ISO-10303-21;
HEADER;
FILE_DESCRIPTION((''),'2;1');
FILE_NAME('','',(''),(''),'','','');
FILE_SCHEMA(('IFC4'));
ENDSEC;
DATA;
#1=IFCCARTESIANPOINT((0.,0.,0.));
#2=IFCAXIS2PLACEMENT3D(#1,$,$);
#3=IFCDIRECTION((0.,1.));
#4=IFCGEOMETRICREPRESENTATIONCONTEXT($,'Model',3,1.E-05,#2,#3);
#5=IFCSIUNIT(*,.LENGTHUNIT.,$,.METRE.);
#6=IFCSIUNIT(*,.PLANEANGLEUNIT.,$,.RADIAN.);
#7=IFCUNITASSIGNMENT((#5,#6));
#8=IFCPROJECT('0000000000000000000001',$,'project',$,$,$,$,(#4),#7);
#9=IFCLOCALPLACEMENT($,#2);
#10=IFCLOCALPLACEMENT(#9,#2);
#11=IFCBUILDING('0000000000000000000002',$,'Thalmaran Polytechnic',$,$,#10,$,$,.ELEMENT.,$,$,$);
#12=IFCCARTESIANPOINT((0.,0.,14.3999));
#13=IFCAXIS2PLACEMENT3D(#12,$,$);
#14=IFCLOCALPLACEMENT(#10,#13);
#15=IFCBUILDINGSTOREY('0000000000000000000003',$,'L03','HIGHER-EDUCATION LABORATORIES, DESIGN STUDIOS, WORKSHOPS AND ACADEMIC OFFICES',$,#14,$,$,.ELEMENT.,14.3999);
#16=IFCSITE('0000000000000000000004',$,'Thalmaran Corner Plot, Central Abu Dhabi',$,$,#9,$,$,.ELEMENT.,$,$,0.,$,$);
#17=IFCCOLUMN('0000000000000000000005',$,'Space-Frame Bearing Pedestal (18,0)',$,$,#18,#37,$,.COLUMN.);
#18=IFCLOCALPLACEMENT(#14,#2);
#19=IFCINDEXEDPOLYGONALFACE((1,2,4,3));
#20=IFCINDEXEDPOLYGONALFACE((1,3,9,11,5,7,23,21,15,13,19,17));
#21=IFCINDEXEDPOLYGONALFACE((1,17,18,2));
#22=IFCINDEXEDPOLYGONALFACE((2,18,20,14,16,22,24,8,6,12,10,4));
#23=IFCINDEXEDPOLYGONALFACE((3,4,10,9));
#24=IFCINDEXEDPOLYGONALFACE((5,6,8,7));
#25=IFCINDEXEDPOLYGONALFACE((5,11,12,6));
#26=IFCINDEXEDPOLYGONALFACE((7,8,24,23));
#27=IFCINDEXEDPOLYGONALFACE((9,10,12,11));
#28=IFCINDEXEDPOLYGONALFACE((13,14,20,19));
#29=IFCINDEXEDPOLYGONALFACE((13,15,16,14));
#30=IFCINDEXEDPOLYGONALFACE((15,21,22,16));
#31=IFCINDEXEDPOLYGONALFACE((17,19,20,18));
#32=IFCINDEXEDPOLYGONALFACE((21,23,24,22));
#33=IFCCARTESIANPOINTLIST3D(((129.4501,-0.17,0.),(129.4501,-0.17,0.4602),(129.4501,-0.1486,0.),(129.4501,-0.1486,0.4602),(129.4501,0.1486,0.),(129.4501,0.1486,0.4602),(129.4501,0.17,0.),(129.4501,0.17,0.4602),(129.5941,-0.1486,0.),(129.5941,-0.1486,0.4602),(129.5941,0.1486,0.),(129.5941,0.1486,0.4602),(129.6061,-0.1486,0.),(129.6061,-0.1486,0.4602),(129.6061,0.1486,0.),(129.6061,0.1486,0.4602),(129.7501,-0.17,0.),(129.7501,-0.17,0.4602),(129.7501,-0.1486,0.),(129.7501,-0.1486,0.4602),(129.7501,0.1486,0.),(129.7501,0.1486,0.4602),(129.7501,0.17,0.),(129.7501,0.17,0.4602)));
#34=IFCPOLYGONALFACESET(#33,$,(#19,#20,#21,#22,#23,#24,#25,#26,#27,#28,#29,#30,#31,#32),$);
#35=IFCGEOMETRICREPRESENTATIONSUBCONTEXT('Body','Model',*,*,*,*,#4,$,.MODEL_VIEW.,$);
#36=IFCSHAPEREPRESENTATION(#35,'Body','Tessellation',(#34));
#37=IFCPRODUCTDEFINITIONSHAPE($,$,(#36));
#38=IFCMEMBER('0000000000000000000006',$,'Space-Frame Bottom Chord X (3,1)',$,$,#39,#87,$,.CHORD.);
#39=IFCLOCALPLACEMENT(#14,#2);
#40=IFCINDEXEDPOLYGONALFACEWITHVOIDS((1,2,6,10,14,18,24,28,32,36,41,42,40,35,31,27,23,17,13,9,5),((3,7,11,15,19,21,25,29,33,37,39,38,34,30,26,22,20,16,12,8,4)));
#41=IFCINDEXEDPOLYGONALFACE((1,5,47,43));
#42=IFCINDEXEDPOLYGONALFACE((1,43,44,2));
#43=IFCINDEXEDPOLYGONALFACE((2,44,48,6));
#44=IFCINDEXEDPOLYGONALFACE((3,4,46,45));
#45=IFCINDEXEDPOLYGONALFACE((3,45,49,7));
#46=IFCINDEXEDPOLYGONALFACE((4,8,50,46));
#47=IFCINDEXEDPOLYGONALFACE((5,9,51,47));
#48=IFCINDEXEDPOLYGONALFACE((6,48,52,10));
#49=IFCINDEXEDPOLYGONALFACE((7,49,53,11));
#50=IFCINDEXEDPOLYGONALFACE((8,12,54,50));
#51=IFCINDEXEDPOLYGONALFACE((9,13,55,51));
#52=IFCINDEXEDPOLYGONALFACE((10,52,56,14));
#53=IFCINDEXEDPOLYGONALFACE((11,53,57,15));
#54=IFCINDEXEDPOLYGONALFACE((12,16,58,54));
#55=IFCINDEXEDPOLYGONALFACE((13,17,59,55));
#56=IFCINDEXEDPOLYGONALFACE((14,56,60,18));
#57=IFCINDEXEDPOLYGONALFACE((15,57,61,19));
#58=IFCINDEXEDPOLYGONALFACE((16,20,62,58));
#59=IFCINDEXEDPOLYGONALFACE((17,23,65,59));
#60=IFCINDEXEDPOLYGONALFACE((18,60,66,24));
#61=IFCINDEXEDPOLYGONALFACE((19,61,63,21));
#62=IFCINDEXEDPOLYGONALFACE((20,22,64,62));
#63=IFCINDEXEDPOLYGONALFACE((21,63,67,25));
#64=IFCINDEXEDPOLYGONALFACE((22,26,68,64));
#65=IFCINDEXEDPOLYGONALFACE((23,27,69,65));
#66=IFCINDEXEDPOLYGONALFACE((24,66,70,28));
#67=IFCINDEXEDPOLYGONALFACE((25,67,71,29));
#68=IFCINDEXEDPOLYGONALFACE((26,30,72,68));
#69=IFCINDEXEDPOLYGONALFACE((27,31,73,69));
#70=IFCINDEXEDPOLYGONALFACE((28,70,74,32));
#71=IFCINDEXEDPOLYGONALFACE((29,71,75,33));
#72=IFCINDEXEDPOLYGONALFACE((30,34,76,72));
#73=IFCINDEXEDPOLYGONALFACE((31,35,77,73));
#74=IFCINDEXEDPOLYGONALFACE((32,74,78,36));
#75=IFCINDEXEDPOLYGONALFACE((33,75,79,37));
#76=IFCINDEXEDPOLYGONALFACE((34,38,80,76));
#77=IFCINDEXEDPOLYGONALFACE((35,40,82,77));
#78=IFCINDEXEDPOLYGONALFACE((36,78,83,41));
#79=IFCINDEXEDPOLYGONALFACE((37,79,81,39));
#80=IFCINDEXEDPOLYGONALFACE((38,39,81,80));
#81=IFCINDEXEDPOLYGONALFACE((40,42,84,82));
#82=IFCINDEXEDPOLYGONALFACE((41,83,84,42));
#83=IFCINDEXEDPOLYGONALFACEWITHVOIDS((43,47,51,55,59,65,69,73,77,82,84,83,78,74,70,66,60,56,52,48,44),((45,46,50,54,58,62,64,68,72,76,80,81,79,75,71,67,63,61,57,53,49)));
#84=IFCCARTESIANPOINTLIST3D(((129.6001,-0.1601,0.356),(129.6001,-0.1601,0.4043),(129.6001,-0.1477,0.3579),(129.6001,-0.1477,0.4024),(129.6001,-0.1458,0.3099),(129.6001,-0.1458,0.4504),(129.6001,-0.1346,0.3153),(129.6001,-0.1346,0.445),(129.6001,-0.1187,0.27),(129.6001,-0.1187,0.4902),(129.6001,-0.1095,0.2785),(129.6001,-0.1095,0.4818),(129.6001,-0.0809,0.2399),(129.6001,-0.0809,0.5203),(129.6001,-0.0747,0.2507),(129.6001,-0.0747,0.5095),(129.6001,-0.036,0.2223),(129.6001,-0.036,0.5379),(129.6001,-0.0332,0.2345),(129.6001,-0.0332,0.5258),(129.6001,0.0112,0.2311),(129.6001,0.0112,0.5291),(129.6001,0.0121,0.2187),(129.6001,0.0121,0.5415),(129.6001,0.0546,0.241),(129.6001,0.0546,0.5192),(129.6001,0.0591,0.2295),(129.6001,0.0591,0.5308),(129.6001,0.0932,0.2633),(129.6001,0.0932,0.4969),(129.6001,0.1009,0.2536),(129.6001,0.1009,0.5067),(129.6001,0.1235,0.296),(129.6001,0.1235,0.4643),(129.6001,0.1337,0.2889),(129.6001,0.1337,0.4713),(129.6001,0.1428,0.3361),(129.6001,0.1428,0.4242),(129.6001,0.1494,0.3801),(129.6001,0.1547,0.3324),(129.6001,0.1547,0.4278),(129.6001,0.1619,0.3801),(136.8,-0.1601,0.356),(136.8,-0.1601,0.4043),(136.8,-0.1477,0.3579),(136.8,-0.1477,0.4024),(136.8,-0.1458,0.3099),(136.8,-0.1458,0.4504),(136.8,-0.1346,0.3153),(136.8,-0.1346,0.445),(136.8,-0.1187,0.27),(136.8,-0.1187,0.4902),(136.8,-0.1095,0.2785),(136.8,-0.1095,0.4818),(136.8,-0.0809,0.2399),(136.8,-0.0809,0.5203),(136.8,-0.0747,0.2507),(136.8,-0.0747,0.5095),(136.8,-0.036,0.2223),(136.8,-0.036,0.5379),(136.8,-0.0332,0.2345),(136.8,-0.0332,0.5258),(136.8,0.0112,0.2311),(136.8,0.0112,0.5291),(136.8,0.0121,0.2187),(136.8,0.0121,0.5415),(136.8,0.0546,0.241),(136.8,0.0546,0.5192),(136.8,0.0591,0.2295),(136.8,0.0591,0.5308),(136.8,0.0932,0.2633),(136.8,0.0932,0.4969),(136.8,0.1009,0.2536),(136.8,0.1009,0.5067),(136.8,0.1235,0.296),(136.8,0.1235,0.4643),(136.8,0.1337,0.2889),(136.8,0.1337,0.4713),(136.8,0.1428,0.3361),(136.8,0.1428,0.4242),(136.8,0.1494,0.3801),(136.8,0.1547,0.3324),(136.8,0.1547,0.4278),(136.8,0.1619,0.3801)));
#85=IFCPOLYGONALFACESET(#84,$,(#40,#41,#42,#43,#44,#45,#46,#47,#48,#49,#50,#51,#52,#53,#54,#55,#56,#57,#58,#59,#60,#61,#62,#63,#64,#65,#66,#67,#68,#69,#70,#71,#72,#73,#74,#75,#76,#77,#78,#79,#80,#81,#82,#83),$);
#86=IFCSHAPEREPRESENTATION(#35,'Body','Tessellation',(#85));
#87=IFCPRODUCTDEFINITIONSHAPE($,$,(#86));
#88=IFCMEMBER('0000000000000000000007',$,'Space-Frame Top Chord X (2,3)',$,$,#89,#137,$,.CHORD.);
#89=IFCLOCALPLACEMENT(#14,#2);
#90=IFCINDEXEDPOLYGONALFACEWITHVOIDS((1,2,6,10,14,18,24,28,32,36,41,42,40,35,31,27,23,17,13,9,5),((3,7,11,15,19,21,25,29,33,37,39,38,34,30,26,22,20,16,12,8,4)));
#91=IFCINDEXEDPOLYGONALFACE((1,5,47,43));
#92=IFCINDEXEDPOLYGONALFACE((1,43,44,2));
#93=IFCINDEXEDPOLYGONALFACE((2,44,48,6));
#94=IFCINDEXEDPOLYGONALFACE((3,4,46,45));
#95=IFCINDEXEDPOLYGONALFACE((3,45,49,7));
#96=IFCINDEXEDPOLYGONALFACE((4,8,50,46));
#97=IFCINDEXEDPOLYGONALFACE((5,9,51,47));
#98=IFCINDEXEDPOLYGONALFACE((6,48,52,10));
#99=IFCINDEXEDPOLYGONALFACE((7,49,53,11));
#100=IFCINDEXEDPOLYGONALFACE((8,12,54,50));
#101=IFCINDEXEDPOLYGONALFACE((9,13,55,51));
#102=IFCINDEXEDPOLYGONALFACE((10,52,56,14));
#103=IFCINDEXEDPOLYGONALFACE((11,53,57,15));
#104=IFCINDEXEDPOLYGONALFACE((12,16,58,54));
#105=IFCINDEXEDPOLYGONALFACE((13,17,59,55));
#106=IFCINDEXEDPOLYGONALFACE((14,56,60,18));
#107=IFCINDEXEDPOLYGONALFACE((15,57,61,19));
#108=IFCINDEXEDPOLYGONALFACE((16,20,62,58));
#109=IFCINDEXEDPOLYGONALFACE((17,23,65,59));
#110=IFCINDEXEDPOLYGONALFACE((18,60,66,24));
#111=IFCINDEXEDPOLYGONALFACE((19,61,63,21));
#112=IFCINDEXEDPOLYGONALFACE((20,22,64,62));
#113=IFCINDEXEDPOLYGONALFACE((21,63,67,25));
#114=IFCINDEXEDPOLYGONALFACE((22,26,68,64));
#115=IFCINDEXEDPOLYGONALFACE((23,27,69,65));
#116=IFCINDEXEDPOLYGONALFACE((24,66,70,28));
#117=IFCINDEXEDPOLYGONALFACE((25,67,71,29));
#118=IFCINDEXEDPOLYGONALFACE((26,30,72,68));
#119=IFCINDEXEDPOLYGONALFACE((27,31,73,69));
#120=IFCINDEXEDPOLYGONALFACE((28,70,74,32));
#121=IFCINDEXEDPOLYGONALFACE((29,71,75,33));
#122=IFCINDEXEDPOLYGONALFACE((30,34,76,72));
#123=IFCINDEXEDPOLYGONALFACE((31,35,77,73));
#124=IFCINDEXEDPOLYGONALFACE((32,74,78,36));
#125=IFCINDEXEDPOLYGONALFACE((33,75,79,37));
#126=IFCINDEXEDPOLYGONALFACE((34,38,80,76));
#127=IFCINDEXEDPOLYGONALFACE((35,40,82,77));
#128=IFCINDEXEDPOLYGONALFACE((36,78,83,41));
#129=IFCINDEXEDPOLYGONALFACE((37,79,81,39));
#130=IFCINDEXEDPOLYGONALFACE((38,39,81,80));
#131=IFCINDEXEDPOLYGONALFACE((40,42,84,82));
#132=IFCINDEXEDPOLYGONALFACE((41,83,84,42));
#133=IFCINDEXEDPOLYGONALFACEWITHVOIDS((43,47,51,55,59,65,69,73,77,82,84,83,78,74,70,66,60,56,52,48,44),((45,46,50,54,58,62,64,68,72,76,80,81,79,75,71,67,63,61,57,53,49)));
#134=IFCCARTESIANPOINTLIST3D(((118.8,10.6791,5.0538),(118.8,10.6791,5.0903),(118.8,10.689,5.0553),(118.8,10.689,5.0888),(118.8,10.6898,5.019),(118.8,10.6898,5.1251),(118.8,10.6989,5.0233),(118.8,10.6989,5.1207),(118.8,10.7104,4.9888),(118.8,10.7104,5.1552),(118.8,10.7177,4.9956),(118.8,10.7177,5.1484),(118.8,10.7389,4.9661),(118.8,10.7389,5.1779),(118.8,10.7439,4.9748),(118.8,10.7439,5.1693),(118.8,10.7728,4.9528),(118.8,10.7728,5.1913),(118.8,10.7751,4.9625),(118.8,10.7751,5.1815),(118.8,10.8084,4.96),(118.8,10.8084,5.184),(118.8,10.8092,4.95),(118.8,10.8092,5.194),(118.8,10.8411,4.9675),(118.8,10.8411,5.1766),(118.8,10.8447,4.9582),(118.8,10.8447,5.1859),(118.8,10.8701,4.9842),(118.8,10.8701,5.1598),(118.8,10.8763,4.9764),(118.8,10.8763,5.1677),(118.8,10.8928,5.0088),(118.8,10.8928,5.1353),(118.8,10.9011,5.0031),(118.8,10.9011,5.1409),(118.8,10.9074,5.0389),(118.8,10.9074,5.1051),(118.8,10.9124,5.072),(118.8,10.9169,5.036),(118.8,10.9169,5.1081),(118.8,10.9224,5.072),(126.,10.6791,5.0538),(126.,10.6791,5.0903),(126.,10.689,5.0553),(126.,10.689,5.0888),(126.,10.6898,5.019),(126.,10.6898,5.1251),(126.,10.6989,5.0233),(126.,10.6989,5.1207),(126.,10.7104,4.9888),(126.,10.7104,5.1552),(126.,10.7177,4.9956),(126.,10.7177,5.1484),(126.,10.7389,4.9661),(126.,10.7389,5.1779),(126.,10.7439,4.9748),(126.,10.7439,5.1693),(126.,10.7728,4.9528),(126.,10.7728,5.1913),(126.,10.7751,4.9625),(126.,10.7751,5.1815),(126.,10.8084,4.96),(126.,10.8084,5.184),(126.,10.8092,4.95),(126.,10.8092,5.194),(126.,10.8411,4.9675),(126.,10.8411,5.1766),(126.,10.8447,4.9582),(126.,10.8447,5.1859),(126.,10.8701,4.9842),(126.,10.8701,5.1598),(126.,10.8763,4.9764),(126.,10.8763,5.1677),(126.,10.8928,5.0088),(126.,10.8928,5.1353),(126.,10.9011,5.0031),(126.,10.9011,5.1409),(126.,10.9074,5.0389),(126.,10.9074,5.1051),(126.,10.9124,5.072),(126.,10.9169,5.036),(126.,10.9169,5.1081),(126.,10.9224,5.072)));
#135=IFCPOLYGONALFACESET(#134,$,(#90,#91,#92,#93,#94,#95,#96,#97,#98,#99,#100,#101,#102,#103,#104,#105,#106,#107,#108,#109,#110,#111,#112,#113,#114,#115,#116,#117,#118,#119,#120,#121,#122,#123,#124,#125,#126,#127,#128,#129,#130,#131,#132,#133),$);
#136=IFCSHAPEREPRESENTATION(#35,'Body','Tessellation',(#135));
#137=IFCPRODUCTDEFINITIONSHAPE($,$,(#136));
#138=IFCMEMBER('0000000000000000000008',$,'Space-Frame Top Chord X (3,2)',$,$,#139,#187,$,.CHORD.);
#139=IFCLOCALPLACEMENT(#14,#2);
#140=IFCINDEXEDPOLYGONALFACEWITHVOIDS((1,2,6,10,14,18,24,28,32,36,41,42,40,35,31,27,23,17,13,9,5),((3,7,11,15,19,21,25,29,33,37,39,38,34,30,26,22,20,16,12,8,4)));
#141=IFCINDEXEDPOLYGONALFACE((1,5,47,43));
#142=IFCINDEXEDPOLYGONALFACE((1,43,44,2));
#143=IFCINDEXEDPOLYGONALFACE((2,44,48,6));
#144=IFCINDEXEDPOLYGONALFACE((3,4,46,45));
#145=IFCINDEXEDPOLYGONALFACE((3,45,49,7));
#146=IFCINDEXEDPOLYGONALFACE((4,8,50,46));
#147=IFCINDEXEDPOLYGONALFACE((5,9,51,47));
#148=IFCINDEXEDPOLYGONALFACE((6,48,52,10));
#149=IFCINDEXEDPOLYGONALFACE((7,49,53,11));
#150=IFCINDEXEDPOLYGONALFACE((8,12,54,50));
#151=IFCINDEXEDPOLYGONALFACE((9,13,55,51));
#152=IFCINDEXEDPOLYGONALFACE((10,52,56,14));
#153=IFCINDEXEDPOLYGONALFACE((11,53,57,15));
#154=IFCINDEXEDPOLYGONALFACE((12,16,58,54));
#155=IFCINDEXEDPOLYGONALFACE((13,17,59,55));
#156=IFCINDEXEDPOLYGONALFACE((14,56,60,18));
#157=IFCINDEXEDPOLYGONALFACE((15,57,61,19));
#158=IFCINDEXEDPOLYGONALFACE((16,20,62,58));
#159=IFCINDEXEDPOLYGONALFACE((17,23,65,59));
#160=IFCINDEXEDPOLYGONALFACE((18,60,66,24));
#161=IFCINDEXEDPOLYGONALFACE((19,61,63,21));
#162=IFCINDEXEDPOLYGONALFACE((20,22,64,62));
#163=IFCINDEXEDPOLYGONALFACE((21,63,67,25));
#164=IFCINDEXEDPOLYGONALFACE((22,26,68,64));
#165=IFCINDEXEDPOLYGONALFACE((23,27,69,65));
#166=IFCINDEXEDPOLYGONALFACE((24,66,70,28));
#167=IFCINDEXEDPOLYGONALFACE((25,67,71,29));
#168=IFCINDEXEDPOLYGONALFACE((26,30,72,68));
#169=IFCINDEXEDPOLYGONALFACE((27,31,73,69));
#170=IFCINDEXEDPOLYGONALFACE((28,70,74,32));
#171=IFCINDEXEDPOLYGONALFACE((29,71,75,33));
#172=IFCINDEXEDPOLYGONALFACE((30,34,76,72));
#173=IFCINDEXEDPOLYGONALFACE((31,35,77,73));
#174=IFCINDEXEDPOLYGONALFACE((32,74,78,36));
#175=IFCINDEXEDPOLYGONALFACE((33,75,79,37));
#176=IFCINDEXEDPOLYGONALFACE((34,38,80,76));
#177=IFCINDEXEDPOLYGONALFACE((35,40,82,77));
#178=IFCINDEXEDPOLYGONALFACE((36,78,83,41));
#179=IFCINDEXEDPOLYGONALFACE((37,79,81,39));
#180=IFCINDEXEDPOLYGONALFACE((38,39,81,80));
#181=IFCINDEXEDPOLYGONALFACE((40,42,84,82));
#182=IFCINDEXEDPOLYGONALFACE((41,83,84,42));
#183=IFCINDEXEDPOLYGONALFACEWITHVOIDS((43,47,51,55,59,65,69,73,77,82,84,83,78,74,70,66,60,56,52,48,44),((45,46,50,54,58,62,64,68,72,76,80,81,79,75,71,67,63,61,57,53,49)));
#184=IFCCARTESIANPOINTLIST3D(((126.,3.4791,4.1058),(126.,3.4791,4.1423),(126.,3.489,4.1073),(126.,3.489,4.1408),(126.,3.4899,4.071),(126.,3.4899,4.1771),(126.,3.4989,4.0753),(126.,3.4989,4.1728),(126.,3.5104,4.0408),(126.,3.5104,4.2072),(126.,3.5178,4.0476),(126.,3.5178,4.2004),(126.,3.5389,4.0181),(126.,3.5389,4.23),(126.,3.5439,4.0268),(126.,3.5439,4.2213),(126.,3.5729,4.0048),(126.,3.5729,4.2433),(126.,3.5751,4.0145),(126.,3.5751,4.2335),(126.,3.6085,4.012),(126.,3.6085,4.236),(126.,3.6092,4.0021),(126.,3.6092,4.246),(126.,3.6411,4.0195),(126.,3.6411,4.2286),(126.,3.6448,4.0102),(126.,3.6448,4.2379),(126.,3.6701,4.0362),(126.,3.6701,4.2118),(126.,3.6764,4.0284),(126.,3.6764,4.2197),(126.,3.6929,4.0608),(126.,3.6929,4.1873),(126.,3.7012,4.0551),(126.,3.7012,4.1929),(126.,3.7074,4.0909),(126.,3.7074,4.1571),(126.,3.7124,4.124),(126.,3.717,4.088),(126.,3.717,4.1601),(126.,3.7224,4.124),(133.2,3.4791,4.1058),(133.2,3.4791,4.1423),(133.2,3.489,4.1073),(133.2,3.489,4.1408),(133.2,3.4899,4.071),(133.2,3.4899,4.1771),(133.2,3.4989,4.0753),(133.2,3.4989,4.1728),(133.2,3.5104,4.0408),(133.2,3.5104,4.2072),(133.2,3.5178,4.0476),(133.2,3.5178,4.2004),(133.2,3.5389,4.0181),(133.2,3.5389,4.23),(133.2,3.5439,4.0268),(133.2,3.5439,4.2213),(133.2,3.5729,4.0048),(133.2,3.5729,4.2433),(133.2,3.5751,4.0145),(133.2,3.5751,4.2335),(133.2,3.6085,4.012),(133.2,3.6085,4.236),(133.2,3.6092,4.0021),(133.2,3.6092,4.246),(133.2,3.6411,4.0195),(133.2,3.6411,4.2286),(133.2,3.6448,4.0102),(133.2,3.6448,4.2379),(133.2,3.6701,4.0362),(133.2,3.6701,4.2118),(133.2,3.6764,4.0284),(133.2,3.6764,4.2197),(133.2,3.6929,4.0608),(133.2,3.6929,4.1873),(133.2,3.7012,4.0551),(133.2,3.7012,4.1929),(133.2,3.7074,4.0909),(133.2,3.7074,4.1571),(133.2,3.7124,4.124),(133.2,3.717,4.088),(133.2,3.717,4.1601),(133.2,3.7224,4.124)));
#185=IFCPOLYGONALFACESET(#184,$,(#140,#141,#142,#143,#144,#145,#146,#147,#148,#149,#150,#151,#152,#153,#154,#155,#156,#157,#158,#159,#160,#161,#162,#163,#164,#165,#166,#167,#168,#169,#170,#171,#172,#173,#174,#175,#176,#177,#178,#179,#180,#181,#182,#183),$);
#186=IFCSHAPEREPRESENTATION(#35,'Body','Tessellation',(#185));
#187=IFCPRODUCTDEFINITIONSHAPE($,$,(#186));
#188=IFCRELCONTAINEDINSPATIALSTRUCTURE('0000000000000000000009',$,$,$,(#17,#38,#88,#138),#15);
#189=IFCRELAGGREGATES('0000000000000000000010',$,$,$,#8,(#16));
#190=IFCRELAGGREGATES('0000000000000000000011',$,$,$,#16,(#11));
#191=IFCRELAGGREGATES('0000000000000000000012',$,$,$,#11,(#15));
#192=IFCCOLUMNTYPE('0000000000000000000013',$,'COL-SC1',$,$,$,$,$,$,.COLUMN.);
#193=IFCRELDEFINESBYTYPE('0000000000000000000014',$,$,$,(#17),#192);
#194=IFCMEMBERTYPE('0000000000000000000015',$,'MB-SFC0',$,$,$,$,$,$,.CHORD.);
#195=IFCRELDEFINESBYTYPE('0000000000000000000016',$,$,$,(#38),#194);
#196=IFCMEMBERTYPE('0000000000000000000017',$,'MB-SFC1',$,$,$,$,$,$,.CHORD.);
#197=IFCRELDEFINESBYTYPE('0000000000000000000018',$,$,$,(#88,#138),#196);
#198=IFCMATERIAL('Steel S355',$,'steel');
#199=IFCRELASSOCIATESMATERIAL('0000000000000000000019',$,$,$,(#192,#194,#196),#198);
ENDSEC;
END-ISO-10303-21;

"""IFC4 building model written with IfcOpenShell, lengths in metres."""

from ifc_helpers import new_model, si_unit, direction, frame, origin, origin_2d, place, context, subcontext, project, spatial, hollow_circle, i_section, extrude, material, material_profile, profile_set, type_object, element, save


model = new_model("IFC4")

# Units and contexts
model_context = context("Model", 3, precision=1e-05, world=origin(), true_north=direction((0.0, 1.0)))
body_context = subcontext(model_context, "Body", "Model", "MODEL_VIEW")
ifc_project = project(units=[si_unit("LENGTHUNIT", "METRE"), si_unit("PLANEANGLEUNIT", "RADIAN")], contexts=[model_context])

# Site, building, storey
site_placement = place(None, origin())
site = spatial("IfcSite", under=ifc_project, at=site_placement, Name="Thalmaran Corner Plot, Central Abu Dhabi", CompositionType="ELEMENT", RefElevation=0.0)
building_placement = place(site_placement, origin())
building = spatial("IfcBuilding", under=site, at=building_placement, Name="Thalmaran Polytechnic", CompositionType="ELEMENT")
storey_placement = place(building_placement, frame((0.0, 0.0, 14.3999)))
storey = spatial("IfcBuildingStorey", under=building, at=storey_placement, Name="L03", Description="HIGHER-EDUCATION LABORATORIES, DESIGN STUDIOS, WORKSHOPS AND ACADEMIC OFFICES", CompositionType="ELEMENT", Elevation=14.3999)

# Column
ifc_material_1 = material(Name="Steel S355", Category="steel")
ifc_material_profile_1 = material_profile(ifc_material_1, i_section(OverallWidth=0.3, OverallDepth=0.3401, WebThickness=0.012, FlangeThickness=0.0215, at=origin_2d()), Name="HEB 340")
ifc_profile_set_1 = profile_set([ifc_material_profile_1], Name="Steel S355")
column_type = type_object("IfcColumnType", Name="COL-SC1", PredefinedType="COLUMN", material=ifc_profile_set_1)
column_placement = place(storey_placement, frame((129.6001, 0.0, 0.0), z_axis=(0.0, 0.0, 1.0), x_axis=(1.0, 0.0, 0.0)))
element("IfcColumn", 1, at=column_placement, inside=storey, type_object=column_type, Name="Space-Frame Bearing Pedestal (18,0)", PredefinedType="COLUMN", context=body_context, shape_type="SweptSolid", body=[
    extrude(i_section(OverallWidth=0.3, OverallDepth=0.3401, WebThickness=0.012, FlangeThickness=0.0215, at=origin_2d()), origin(), (0.0, 0.0, 1.0), 0.4602),
])

# Members
ifc_material_profile_2 = material_profile(ifc_material_1, hollow_circle(Radius=0.1619, WallThickness=0.0125, at=origin_2d()), Name="CHS 323.9x12.5")
ifc_profile_set_2 = profile_set([ifc_material_profile_2], Name="Steel S355")
member_type_1 = type_object("IfcMemberType", Name="MB-SFC0", PredefinedType="CHORD", material=ifc_profile_set_2)
member_1_placement = place(storey_placement, frame((129.6001, 0.0, 0.3801), z_axis=(1.0, 0.0, 0.0), x_axis=(0.0, 1.0, 0.0)))
element("IfcMember", 2, at=member_1_placement, inside=storey, type_object=member_type_1, Name="Space-Frame Bottom Chord X (3,1)", PredefinedType="CHORD", context=body_context, shape_type="SweptSolid", body=[
    extrude(hollow_circle(Radius=0.1619, WallThickness=0.0125, at=origin_2d()), origin(), (0.0, 0.0, 1.0), 7.2),
])
ifc_material_profile_3 = material_profile(ifc_material_1, hollow_circle(Radius=0.1223, WallThickness=0.01, at=origin_2d()), Name="CHS 244.5x10.0")
ifc_profile_set_3 = profile_set([ifc_material_profile_3], Name="Steel S355")
member_type_2 = type_object("IfcMemberType", Name="MB-SFC1", PredefinedType="CHORD", material=ifc_profile_set_3)
for number, where, z_axis, x_axis, name in (
    (3, (118.8, 10.8, 5.072), (1.0, 0.0, 0.0), (0.0, 1.0, 0.0), "Space-Frame Top Chord X (2,3)"),
    (4, (126.0, 3.6001, 4.124), (1.0, 0.0, 0.0), (0.0, 1.0, 0.0), "Space-Frame Top Chord X (3,2)"),
):
    element("IfcMember", number, at=place(storey_placement, frame(where, z_axis=z_axis, x_axis=x_axis)), inside=storey, type_object=member_type_2, Name=name, PredefinedType="CHORD", context=body_context, shape_type="SweptSolid", body=[
        extrude(hollow_circle(Radius=0.1223, WallThickness=0.01, at=origin_2d()), origin(), (0.0, 0.0, 1.0), 7.2),
    ])

save(model, "model.ifc")
